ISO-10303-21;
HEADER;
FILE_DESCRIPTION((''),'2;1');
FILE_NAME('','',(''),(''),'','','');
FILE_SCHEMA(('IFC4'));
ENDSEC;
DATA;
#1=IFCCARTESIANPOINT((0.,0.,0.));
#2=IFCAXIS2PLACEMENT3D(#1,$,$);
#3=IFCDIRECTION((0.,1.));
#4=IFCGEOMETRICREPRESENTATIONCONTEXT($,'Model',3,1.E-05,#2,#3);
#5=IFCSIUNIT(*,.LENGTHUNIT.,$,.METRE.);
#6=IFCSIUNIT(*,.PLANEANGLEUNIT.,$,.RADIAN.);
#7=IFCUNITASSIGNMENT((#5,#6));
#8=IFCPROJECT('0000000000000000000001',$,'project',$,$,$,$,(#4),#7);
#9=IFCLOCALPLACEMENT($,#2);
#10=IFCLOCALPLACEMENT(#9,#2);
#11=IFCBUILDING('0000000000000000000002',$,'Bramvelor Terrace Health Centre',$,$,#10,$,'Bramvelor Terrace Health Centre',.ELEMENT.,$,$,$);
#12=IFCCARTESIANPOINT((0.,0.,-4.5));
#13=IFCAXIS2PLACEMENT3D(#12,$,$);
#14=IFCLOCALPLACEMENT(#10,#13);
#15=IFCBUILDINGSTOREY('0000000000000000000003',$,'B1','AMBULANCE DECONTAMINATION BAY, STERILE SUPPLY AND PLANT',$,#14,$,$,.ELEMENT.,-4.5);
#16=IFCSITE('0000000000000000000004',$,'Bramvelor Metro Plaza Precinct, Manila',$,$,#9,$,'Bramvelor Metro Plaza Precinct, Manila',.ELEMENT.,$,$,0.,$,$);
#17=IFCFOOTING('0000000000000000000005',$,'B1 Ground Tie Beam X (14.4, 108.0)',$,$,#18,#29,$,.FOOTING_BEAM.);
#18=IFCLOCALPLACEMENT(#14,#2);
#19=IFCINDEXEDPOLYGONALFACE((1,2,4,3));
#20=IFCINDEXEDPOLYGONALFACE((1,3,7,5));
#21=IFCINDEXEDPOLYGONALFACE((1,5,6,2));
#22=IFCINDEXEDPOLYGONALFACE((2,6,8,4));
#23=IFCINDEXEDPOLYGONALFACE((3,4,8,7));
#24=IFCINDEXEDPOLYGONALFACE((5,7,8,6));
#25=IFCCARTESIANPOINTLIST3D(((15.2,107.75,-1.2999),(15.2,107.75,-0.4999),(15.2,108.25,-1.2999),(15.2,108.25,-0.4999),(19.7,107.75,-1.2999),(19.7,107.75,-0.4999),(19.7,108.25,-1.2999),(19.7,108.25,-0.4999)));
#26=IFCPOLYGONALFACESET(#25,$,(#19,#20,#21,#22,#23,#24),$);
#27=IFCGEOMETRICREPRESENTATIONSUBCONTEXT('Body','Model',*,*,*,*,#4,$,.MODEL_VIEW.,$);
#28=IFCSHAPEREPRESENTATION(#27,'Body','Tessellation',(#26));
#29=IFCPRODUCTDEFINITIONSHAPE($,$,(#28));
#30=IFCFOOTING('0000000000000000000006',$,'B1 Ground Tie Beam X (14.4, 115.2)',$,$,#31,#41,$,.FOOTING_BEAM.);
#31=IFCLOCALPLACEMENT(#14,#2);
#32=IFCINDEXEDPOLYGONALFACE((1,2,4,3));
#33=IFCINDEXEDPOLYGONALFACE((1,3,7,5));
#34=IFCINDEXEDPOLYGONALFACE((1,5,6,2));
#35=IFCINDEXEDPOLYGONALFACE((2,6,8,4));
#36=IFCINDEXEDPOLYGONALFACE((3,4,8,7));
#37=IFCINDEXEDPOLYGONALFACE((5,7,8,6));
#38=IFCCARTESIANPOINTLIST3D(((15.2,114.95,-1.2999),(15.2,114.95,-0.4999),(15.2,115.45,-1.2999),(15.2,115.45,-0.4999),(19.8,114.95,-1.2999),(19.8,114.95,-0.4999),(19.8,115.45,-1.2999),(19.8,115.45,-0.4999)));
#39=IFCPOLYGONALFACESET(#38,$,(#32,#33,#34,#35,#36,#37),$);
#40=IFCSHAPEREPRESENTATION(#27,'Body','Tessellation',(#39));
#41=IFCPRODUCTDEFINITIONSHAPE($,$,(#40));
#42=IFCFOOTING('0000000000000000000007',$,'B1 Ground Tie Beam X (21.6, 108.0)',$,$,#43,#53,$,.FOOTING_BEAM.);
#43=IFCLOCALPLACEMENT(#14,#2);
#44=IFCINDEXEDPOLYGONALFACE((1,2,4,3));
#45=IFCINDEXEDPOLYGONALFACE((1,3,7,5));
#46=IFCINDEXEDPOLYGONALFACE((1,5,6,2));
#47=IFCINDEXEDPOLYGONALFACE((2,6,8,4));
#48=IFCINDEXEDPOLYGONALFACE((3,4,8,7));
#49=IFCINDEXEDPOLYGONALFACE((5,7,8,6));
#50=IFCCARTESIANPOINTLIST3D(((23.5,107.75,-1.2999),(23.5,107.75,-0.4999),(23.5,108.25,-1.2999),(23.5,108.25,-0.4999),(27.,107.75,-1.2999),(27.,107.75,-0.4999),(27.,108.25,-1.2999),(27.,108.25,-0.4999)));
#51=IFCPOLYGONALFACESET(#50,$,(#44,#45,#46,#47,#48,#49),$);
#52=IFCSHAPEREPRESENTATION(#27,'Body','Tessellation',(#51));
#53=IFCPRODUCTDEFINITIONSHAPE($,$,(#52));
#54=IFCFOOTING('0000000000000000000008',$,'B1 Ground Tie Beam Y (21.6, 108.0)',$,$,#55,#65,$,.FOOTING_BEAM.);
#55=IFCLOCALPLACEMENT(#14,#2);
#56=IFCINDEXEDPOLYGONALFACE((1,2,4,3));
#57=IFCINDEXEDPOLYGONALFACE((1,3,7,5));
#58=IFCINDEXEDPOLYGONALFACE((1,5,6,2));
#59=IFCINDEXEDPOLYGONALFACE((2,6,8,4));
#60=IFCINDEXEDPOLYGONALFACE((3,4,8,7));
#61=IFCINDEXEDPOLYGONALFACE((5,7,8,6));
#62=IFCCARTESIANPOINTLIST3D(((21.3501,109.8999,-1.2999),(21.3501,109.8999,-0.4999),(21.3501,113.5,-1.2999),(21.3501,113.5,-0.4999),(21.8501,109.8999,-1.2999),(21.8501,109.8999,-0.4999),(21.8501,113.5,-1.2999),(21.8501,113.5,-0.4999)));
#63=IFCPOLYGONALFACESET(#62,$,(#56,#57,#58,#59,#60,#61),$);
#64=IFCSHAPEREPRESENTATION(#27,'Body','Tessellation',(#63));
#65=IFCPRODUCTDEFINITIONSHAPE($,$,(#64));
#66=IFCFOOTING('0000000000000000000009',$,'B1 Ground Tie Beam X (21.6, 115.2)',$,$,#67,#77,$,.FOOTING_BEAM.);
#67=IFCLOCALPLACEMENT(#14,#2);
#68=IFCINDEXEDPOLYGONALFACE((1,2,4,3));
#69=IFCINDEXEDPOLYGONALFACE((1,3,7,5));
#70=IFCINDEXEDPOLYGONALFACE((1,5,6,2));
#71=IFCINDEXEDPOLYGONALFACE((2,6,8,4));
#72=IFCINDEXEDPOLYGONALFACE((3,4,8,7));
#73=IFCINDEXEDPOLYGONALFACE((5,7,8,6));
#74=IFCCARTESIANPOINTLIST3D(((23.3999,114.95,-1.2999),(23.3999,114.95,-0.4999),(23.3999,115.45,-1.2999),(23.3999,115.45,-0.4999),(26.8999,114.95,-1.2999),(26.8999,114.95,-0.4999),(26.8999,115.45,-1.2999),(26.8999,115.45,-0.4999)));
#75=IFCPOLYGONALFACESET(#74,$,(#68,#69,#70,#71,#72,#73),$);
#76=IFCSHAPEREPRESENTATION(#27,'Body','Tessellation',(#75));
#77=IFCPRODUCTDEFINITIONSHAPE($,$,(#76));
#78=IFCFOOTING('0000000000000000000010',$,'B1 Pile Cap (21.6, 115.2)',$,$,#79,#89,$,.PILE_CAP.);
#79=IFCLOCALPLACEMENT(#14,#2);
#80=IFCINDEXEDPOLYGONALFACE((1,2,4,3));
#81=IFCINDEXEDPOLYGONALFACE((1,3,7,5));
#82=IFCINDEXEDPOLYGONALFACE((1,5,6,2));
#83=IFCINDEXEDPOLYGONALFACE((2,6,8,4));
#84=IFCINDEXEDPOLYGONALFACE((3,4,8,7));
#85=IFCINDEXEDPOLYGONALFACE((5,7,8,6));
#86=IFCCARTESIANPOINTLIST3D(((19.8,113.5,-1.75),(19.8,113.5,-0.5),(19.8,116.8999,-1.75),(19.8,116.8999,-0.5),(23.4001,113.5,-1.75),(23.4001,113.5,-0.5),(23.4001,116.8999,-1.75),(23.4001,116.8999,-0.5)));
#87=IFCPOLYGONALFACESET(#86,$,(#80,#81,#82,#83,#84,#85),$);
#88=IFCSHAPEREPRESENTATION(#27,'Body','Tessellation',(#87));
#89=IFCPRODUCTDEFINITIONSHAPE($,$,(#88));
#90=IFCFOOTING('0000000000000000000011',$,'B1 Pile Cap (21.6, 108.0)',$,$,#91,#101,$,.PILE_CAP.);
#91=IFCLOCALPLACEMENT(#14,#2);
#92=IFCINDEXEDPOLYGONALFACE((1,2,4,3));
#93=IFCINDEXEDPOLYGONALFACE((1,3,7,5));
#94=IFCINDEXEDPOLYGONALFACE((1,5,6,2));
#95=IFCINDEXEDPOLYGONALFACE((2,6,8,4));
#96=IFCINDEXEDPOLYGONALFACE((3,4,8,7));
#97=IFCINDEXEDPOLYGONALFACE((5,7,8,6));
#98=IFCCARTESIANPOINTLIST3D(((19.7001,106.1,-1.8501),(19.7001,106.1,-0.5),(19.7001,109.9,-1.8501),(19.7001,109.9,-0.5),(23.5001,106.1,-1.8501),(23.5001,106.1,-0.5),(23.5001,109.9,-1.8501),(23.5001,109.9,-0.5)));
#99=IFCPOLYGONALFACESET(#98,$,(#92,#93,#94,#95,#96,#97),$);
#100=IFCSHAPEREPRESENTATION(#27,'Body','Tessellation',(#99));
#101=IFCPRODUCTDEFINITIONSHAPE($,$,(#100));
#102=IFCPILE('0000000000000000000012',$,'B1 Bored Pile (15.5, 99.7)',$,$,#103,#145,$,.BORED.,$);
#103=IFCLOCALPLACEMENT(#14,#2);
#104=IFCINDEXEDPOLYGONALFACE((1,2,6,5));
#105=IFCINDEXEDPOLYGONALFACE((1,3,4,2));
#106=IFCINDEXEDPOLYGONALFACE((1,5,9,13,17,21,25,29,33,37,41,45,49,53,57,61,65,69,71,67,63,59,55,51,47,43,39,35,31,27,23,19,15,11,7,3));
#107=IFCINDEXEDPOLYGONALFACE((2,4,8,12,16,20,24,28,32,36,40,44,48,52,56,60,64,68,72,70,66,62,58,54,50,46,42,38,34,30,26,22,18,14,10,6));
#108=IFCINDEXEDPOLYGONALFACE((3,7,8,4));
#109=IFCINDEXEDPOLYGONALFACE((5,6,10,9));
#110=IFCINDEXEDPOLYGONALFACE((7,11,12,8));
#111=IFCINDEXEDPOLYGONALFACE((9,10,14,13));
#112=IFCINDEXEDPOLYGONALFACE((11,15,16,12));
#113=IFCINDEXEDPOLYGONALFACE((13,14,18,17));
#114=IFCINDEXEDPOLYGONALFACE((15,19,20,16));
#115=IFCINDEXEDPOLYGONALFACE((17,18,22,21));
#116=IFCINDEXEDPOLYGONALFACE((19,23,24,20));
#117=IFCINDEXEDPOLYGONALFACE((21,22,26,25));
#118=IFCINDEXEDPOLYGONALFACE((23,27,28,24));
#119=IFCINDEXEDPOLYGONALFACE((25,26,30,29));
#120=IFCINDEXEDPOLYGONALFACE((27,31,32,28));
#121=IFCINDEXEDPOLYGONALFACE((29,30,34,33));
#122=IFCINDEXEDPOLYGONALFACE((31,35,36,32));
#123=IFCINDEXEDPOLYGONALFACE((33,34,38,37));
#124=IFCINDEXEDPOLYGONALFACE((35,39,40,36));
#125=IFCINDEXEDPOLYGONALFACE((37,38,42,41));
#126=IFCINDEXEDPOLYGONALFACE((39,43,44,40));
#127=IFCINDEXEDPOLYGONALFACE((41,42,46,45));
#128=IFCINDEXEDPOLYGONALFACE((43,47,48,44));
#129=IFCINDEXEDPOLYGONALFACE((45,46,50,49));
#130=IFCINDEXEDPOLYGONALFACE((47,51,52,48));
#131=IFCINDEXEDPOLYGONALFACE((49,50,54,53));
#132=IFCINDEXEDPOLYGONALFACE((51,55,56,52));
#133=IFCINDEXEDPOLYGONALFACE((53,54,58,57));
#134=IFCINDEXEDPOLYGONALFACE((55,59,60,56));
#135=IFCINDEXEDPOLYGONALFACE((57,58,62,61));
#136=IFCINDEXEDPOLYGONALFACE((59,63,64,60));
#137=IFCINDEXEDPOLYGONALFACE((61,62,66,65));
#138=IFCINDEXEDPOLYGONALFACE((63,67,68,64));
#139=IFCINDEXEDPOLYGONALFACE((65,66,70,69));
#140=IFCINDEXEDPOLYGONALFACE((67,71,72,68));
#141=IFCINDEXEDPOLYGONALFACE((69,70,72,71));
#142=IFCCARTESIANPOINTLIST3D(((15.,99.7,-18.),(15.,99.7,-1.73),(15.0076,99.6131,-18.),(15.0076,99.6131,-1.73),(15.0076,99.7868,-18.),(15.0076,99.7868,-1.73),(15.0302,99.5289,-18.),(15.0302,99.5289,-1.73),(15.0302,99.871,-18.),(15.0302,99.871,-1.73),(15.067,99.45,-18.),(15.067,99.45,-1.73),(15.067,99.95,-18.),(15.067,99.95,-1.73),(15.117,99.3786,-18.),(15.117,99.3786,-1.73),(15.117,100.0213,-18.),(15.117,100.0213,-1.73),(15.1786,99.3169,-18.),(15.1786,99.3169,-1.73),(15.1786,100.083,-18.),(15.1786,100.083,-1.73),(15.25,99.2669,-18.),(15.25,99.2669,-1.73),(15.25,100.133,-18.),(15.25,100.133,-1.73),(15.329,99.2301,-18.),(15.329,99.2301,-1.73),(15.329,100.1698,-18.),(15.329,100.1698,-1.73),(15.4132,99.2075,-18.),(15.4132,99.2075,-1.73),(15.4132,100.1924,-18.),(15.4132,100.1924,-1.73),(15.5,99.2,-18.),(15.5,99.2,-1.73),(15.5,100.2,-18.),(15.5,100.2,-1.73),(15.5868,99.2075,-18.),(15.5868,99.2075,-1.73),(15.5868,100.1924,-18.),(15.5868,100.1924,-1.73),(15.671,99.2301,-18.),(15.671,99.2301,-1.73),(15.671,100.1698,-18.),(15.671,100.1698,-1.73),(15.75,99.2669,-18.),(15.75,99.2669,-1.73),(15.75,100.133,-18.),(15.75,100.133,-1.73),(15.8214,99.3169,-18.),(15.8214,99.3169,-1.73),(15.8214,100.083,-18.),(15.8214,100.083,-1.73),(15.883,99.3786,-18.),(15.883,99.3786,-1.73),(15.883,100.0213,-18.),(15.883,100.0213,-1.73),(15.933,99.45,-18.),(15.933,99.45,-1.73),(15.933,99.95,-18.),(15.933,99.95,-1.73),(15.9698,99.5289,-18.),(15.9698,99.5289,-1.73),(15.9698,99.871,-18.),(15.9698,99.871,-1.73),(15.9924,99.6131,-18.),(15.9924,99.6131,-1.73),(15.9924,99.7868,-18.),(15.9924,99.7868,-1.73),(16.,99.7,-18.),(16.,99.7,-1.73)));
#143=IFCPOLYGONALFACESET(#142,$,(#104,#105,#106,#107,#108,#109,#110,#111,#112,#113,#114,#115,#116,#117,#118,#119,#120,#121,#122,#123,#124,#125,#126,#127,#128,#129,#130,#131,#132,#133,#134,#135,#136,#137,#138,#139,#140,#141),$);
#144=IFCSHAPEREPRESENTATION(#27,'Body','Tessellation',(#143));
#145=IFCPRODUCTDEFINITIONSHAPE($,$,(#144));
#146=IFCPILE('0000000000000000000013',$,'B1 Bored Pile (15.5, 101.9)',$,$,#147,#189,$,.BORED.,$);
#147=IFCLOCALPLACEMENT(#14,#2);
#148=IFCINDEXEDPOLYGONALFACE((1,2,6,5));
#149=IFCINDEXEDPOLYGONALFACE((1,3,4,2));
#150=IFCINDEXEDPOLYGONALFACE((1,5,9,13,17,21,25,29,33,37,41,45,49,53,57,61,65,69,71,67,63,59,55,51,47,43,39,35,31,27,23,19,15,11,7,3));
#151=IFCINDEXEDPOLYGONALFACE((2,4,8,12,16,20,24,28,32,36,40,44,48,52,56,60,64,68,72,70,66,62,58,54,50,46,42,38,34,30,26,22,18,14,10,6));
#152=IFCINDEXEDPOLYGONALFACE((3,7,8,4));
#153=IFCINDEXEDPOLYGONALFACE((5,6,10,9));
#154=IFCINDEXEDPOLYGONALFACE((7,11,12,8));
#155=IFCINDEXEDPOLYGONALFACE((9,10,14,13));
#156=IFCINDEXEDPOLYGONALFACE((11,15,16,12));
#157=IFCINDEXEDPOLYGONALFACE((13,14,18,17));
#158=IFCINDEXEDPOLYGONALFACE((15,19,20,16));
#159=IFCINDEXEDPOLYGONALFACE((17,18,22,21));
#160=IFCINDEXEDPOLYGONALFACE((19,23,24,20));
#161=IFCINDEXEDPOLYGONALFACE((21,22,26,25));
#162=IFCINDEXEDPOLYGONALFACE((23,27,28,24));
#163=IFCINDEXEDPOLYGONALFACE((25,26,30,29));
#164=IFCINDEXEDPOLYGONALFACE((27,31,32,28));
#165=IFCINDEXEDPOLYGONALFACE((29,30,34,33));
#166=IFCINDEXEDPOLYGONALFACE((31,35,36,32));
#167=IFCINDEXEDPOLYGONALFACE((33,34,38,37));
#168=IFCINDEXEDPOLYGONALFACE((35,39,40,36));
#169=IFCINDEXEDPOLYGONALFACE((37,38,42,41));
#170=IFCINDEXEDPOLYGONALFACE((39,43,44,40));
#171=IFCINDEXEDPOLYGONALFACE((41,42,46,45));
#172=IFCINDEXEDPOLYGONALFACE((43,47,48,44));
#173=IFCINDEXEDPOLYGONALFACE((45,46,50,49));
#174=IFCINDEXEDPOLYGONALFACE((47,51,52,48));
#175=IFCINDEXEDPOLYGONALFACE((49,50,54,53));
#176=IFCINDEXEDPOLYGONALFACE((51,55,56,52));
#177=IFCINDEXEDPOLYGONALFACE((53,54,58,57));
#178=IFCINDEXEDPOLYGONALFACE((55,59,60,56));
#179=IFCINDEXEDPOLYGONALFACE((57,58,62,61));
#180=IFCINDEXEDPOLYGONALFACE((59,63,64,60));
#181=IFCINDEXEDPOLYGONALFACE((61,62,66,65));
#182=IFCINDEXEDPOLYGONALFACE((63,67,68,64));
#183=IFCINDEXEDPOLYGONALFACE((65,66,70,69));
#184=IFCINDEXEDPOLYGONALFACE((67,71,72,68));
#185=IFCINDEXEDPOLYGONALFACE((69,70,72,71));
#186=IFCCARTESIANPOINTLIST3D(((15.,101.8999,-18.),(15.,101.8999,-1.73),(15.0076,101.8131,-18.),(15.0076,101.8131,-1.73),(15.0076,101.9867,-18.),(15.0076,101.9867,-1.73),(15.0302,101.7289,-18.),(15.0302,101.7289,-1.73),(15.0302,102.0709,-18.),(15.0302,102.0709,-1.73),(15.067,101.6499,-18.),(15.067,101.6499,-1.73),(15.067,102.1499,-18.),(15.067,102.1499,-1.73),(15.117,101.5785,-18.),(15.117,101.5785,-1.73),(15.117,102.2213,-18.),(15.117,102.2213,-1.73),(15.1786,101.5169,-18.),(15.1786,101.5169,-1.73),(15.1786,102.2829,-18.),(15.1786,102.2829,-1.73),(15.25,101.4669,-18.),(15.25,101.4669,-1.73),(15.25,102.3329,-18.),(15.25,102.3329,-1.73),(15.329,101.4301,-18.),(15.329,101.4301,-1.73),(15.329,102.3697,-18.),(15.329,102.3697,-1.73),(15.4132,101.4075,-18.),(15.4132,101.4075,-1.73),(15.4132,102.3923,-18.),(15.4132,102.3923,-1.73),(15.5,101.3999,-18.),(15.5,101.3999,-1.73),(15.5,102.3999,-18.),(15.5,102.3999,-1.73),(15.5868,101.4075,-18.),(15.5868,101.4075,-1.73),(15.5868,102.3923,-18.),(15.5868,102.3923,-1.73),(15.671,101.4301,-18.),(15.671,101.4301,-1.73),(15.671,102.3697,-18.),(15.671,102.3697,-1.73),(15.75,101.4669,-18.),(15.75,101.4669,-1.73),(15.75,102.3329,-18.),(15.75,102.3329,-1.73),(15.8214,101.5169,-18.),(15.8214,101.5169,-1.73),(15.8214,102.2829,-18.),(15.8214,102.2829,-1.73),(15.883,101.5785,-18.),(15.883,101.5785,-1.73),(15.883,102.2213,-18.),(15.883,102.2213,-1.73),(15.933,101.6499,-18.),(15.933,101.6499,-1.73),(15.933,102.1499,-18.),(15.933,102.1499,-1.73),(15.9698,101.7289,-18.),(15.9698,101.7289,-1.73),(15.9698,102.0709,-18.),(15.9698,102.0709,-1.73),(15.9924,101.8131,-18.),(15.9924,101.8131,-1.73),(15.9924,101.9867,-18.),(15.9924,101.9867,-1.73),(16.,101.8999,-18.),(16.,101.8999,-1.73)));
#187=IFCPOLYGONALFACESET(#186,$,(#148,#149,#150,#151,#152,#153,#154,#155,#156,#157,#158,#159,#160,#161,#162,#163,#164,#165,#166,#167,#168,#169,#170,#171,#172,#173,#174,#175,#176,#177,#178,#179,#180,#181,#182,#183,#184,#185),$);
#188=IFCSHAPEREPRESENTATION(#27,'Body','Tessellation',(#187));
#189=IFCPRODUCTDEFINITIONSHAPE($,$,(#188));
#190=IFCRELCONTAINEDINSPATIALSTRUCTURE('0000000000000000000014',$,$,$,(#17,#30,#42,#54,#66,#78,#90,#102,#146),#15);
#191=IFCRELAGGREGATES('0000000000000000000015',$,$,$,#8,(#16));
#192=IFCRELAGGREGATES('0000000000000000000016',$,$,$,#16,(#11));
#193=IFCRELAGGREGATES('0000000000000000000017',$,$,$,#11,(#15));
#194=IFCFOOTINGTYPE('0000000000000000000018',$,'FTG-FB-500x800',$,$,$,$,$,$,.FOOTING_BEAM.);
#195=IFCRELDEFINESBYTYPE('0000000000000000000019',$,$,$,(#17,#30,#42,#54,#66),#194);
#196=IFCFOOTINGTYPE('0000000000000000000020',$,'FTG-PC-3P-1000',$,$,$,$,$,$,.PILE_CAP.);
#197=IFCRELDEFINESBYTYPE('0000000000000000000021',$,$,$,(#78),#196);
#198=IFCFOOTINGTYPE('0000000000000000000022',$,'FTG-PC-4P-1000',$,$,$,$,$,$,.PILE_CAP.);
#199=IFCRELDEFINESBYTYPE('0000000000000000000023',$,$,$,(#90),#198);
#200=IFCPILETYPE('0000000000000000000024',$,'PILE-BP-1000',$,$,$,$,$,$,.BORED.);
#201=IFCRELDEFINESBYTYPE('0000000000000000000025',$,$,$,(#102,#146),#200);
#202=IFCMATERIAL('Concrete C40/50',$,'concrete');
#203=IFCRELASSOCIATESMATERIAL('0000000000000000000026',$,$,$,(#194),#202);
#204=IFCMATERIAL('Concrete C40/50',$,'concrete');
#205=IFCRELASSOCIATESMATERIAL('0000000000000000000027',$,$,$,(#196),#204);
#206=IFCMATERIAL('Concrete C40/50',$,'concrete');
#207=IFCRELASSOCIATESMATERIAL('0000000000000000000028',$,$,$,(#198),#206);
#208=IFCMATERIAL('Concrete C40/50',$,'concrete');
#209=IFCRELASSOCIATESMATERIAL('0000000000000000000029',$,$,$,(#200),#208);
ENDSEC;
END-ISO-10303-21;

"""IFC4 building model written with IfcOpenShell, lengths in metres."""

from ifc_helpers import new_model, si_unit, direction, frame, origin, origin_2d, place, context, subcontext, project, spatial, rectangle, circle, extrude, material, material_profile, profile_set, type_object, element, save


model = new_model("IFC4")

# Units and contexts
model_context = context("Model", 3, precision=1e-05, world=origin(), true_north=direction((0.0, 1.0)))
body_context = subcontext(model_context, "Body", "Model", "MODEL_VIEW")
ifc_project = project(units=[si_unit("LENGTHUNIT", "METRE"), si_unit("PLANEANGLEUNIT", "RADIAN")], contexts=[model_context])

# Site, building, storey
site_placement = place(None, origin())
site = spatial("IfcSite", under=ifc_project, at=site_placement, Name="Bramvelor Metro Plaza Precinct, Manila", LongName="Bramvelor Metro Plaza Precinct, Manila", CompositionType="ELEMENT", RefElevation=0.0)
building_placement = place(site_placement, origin())
building = spatial("IfcBuilding", under=site, at=building_placement, Name="Bramvelor Terrace Health Centre", LongName="Bramvelor Terrace Health Centre", CompositionType="ELEMENT")
storey_placement = place(building_placement, frame((0.0, 0.0, -4.5)))
storey = spatial("IfcBuildingStorey", under=building, at=storey_placement, Name="B1", Description="AMBULANCE DECONTAMINATION BAY, STERILE SUPPLY AND PLANT", CompositionType="ELEMENT", Elevation=-4.5)

# Footings
ifc_material_1 = material(Name="Concrete C40/50", Category="concrete")
ifc_material_profile_1 = material_profile(ifc_material_1, rectangle(XDim=0.5, YDim=0.8, at=origin_2d()), Name="RC 500x800")
ifc_profile_set_1 = profile_set([ifc_material_profile_1], Name="Concrete C40/50")
footing_type_1 = type_object("IfcFootingType", Name="FTG-FB-500x800", PredefinedType="FOOTING_BEAM", material=ifc_profile_set_1)
footing_1_placement = place(storey_placement, frame((15.2, 108.0, -0.8999), z_axis=(1.0, 0.0, 0.0), x_axis=(0.0, 1.0, 0.0)))
element("IfcFooting", 1, at=footing_1_placement, inside=storey, type_object=footing_type_1, Name="B1 Ground Tie Beam X (14.4, 108.0)", PredefinedType="FOOTING_BEAM", context=body_context, shape_type="SweptSolid", body=[
    extrude(rectangle(XDim=0.5, YDim=0.8, at=origin_2d()), origin(), (0.0, 0.0, 1.0), 4.5),
])
footing_2_placement = place(storey_placement, frame((15.2, 115.2, -0.8999), z_axis=(1.0, 0.0, 0.0), x_axis=(0.0, 1.0, 0.0)))
element("IfcFooting", 2, at=footing_2_placement, inside=storey, type_object=footing_type_1, Name="B1 Ground Tie Beam X (14.4, 115.2)", PredefinedType="FOOTING_BEAM", context=body_context, shape_type="SweptSolid", body=[
    extrude(rectangle(XDim=0.5, YDim=0.8, at=origin_2d()), origin(), (0.0, 0.0, 1.0), 4.6001),
])
footing_3_placement = place(storey_placement, frame((23.5, 108.0, -0.8999), z_axis=(1.0, 0.0, 0.0), x_axis=(0.0, 1.0, 0.0)))
element("IfcFooting", 3, at=footing_3_placement, inside=storey, type_object=footing_type_1, Name="B1 Ground Tie Beam X (21.6, 108.0)", PredefinedType="FOOTING_BEAM", context=body_context, shape_type="SweptSolid", body=[
    extrude(rectangle(XDim=0.5, YDim=0.8, at=origin_2d()), origin(), (0.0, 0.0, 1.0), 3.5),
])
footing_4_placement = place(storey_placement, frame((21.6001, 109.8999, -0.8999), z_axis=(0.0, 1.0, 0.0), x_axis=(-1.0, 0.0, 0.0)))
element("IfcFooting", 4, at=footing_4_placement, inside=storey, type_object=footing_type_1, Name="B1 Ground Tie Beam Y (21.6, 108.0)", PredefinedType="FOOTING_BEAM", context=body_context, shape_type="SweptSolid", body=[
    extrude(rectangle(XDim=0.5, YDim=0.8, at=origin_2d()), origin(), (0.0, 0.0, 1.0), 3.6001),
])
footing_5_placement = place(storey_placement, frame((23.3999, 115.2, -0.8999), z_axis=(1.0, 0.0, 0.0), x_axis=(0.0, 1.0, 0.0)))
element("IfcFooting", 5, at=footing_5_placement, inside=storey, type_object=footing_type_1, Name="B1 Ground Tie Beam X (21.6, 115.2)", PredefinedType="FOOTING_BEAM", context=body_context, shape_type="SweptSolid", body=[
    extrude(rectangle(XDim=0.5, YDim=0.8, at=origin_2d()), origin(), (0.0, 0.0, 1.0), 3.5),
])
ifc_material_2 = material(Name="Concrete C40/50", Category="concrete")
footing_type_2 = type_object("IfcFootingType", Name="FTG-PC-3P-1000", PredefinedType="PILE_CAP", material=ifc_material_2)
footing_6_placement = place(storey_placement, frame((21.6001, 115.2, -1.75), z_axis=(0.0, 0.0, 1.0), x_axis=(1.0, 0.0, 0.0)))
element("IfcFooting", 6, at=footing_6_placement, inside=storey, type_object=footing_type_2, Name="B1 Pile Cap (21.6, 115.2)", PredefinedType="PILE_CAP", context=body_context, shape_type="SweptSolid", body=[
    extrude(rectangle(XDim=3.6001, YDim=3.3999, at=origin_2d()), origin(), (0.0, 0.0, 1.0), 1.25),
])
ifc_material_3 = material(Name="Concrete C40/50", Category="concrete")
footing_type_3 = type_object("IfcFootingType", Name="FTG-PC-4P-1000", PredefinedType="PILE_CAP", material=ifc_material_3)
footing_7_placement = place(storey_placement, frame((21.6001, 108.0, -1.8501), z_axis=(0.0, 0.0, 1.0), x_axis=(1.0, 0.0, 0.0)))
element("IfcFooting", 7, at=footing_7_placement, inside=storey, type_object=footing_type_3, Name="B1 Pile Cap (21.6, 108.0)", PredefinedType="PILE_CAP", context=body_context, shape_type="SweptSolid", body=[
    extrude(rectangle(XDim=3.8, YDim=3.8, at=origin_2d()), origin(), (0.0, 0.0, 1.0), 1.3501),
])

# Piles
ifc_material_4 = material(Name="Concrete C40/50", Category="concrete")
ifc_material_profile_2 = material_profile(ifc_material_4, circle(Radius=0.5, at=origin_2d()), Name="BP D1000")
ifc_profile_set_2 = profile_set([ifc_material_profile_2], Name="Concrete C40/50")
pile_type = type_object("IfcPileType", Name="PILE-BP-1000", PredefinedType="BORED", material=ifc_profile_set_2)
for number, where, z_axis, x_axis, name in (
    (8, (15.5, 99.7, -1.73), (0.0, 0.0, -1.0), (1.0, 0.0, 0.0), "B1 Bored Pile (15.5, 99.7)"),
    (9, (15.5, 101.8999, -1.73), (0.0, 0.0, -1.0), (1.0, 0.0, 0.0), "B1 Bored Pile (15.5, 101.9)"),
):
    element("IfcPile", number, at=place(storey_placement, frame(where, z_axis=z_axis, x_axis=x_axis)), inside=storey, type_object=pile_type, Name=name, PredefinedType="BORED", context=body_context, shape_type="SweptSolid", body=[
        extrude(circle(Radius=0.5, at=origin_2d()), origin(), (0.0, 0.0, 1.0), 16.27),
    ])

save(model, "model.ifc")
